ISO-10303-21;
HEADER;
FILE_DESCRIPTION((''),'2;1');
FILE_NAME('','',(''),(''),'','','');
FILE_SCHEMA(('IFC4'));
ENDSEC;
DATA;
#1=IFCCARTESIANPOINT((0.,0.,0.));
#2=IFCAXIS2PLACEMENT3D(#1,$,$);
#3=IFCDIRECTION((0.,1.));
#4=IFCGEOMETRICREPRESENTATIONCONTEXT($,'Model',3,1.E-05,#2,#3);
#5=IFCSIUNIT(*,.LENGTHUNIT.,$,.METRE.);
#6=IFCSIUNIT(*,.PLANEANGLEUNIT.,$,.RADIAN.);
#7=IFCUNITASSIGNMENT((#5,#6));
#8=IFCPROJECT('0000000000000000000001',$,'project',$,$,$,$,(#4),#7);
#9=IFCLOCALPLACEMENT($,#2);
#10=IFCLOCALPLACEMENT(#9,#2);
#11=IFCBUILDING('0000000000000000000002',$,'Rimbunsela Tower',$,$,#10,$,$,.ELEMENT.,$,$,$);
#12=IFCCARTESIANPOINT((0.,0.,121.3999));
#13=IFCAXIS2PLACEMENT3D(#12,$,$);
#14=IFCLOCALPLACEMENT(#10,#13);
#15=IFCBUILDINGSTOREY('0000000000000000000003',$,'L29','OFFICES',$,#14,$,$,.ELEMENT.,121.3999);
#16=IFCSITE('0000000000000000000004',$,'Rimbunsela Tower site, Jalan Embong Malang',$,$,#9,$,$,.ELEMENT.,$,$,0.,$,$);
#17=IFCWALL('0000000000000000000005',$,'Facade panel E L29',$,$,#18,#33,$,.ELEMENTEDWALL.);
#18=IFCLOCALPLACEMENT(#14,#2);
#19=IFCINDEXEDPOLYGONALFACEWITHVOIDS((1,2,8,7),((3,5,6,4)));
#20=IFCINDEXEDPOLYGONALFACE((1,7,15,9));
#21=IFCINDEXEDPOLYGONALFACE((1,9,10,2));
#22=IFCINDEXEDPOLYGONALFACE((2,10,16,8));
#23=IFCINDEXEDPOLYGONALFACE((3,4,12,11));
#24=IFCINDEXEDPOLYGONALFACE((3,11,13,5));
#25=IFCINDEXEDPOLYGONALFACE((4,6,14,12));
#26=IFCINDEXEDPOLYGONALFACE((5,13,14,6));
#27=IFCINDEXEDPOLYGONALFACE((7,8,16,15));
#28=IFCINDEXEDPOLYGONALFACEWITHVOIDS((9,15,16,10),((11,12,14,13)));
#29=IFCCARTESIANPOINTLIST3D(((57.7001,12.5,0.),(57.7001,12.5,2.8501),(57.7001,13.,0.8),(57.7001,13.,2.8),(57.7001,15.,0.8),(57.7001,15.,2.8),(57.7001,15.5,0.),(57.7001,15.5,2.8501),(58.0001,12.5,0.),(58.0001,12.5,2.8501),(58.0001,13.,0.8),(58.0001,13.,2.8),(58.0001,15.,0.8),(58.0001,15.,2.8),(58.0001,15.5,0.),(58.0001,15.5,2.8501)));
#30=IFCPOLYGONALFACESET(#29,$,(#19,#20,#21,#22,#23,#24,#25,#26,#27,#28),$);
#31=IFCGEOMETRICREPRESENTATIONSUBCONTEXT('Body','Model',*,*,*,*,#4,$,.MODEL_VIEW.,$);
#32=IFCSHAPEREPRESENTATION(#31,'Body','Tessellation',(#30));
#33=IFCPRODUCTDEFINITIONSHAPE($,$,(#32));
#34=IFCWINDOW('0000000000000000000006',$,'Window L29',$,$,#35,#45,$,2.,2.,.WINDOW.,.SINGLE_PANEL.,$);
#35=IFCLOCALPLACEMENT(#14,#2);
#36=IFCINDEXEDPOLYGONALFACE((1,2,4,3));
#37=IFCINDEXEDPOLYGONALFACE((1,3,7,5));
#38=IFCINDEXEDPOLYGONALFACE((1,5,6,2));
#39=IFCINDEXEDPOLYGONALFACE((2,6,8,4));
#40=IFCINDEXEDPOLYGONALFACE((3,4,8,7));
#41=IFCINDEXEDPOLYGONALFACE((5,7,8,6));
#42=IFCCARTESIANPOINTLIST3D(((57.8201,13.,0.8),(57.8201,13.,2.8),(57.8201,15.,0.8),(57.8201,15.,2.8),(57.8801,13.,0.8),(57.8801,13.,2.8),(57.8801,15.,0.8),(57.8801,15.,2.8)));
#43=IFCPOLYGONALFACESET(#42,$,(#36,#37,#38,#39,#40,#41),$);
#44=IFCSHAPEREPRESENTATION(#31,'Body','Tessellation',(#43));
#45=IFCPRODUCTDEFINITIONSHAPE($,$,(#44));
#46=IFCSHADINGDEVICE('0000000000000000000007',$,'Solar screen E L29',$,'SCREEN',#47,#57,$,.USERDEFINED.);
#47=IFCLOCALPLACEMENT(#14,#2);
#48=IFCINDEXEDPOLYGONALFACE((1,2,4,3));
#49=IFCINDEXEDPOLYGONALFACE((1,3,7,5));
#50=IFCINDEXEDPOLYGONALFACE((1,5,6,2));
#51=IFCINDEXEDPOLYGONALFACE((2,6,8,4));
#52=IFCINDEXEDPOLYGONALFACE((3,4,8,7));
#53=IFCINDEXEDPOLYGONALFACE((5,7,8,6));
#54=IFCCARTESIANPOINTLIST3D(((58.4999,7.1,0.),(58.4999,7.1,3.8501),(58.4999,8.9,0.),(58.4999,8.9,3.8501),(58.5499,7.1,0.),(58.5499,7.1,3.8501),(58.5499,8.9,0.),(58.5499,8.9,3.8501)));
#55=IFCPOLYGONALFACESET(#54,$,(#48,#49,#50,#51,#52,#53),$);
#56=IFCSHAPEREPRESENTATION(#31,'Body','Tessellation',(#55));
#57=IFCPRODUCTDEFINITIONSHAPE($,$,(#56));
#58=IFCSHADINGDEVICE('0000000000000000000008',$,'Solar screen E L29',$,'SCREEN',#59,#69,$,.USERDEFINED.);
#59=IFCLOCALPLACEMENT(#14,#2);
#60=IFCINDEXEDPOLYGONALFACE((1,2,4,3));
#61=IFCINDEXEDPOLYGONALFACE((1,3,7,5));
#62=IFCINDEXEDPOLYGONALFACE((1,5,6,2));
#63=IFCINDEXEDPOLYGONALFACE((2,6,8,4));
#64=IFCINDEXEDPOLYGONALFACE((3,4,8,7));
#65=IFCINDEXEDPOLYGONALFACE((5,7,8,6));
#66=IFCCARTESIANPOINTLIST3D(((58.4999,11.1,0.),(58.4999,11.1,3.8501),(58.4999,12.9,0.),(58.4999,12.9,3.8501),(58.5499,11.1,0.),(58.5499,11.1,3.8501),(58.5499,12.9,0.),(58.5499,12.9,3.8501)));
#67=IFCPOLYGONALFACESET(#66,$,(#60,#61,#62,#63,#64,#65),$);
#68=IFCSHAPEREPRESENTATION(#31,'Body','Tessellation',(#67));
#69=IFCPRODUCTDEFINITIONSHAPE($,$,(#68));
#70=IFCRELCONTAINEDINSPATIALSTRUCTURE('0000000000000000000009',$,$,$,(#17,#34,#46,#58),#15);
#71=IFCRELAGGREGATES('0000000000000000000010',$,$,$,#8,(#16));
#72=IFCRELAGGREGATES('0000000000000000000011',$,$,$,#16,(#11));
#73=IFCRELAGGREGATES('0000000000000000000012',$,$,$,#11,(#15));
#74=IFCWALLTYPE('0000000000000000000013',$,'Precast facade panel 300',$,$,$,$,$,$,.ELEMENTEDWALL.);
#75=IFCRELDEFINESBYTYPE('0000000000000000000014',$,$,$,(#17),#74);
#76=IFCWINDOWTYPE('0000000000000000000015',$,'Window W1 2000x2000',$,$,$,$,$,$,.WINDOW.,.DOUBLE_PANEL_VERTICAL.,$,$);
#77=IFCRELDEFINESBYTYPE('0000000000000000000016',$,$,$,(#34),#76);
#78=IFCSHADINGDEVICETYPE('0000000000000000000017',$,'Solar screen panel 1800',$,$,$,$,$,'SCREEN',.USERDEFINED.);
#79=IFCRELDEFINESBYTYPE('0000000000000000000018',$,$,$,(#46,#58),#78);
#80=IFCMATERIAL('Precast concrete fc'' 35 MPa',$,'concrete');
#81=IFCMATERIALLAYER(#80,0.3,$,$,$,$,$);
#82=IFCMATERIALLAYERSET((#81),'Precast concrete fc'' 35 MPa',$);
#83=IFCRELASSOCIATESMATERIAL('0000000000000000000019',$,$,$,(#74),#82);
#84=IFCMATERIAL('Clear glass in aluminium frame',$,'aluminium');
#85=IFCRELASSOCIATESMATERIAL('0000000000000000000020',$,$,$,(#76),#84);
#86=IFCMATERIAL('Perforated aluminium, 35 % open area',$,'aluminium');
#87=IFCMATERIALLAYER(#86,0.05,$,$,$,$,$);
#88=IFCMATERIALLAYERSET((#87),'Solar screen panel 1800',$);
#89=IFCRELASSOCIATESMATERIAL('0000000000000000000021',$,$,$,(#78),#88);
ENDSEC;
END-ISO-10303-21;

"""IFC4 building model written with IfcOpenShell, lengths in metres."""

from ifc_helpers import new_model, si_unit, direction, frame, frame_2d, origin, origin_2d, place, context, subcontext, project, spatial, rectangle, extrude, material, layer, layer_set, type_object, element, fill, save


model = new_model("IFC4")

# Units and contexts
model_context = context("Model", 3, precision=1e-05, world=origin(), true_north=direction((0.0, 1.0)))
body_context = subcontext(model_context, "Body", "Model", "MODEL_VIEW")
ifc_project = project(units=[si_unit("LENGTHUNIT", "METRE"), si_unit("PLANEANGLEUNIT", "RADIAN")], contexts=[model_context])

# Site, building, storey
site_placement = place(None, origin())
site = spatial("IfcSite", under=ifc_project, at=site_placement, Name="Rimbunsela Tower site, Jalan Embong Malang", CompositionType="ELEMENT", RefElevation=0.0)
building_placement = place(site_placement, origin())
building = spatial("IfcBuilding", under=site, at=building_placement, Name="Rimbunsela Tower", CompositionType="ELEMENT")
storey_placement = place(building_placement, frame((0.0, 0.0, 121.3999)))
storey = spatial("IfcBuildingStorey", under=building, at=storey_placement, Name="L29", Description="OFFICES", CompositionType="ELEMENT", Elevation=121.3999)

# Shared definitions
ifc_material_1 = material(Name="Precast concrete fc' 35 MPa", Category="concrete")
ifc_layer_1 = layer(ifc_material_1, 0.3)
ifc_layer_set_1 = layer_set([ifc_layer_1], Name="Precast concrete fc' 35 MPa")
wall_type = type_object("IfcWallType", Name="Precast facade panel 300", PredefinedType="ELEMENTEDWALL", material=ifc_layer_set_1)

# Wall, opening, window
ifc_material_2 = material(Name="Clear glass in aluminium frame", Category="aluminium")
window_type = type_object("IfcWindowType", Name="Window W1 2000x2000", PartitioningType="DOUBLE_PANEL_VERTICAL", PredefinedType="WINDOW", material=ifc_material_2)
wall_1_placement = place(storey_placement, frame((57.8501, 12.5, 0.0), z_axis=(0.0, 0.0, 1.0), x_axis=(0.0, 1.0, 0.0)))
wall_1 = element("IfcWall", 1, at=wall_1_placement, inside=storey, type_object=wall_type, Name="Facade panel E L29", PredefinedType="ELEMENTEDWALL", context=body_context, shape_type="SweptSolid", body=[
    extrude(rectangle(XDim=3.0, YDim=0.3, at=frame_2d((1.5, 0.0))), origin(), (0.0, 0.0, 1.0), 2.8501),
])
opening_1_placement = place(wall_1_placement, frame((0.5, 0.0, 0.8)))
opening_1 = element("IfcOpeningElement", 2, at=opening_1_placement, cuts=wall_1, PredefinedType="OPENING", context=body_context, shape_type="SweptSolid", body=[
    extrude(rectangle(XDim=2.0, YDim=2.0, at=frame_2d((1.0, 1.0))), frame((0.0, 0.1599, 0.0), z_axis=(0.0, -1.0, 0.0), x_axis=(1.0, 0.0, 0.0)), (0.0, 0.0, 1.0), 0.3201),
])
window_1_placement = place(opening_1_placement, origin())
window_1 = element("IfcWindow", 3, at=window_1_placement, inside=storey, type_object=window_type, Name="Window L29", OverallHeight=2.0, OverallWidth=2.0, PartitioningType="SINGLE_PANEL", PredefinedType="WINDOW", context=body_context, shape_type="SweptSolid", body=[
    extrude(rectangle(XDim=2.0, YDim=2.0, at=frame_2d((1.0, 1.0))), frame((0.0, 0.03, 0.0), z_axis=(0.0, -1.0, 0.0), x_axis=(1.0, 0.0, 0.0)), (0.0, 0.0, 1.0), 0.0601),
])
fill(opening_1, window_1)

# Shading devices
ifc_material_3 = material(Name="Perforated aluminium, 35 % open area", Category="aluminium")
ifc_layer_2 = layer(ifc_material_3, 0.05)
ifc_layer_set_2 = layer_set([ifc_layer_2], Name="Solar screen panel 1800")
shading_device_type = type_object("IfcShadingDeviceType", Name="Solar screen panel 1800", ElementType="SCREEN", PredefinedType="USERDEFINED", material=ifc_layer_set_2)
for number, where, z_axis, x_axis, name in (
    (4, (58.5249, 8.0, 0.0), (0.0, 0.0, 1.0), (0.0, 1.0, 0.0), "Solar screen E L29"),
    (5, (58.5249, 12.0, 0.0), (0.0, 0.0, 1.0), (0.0, 1.0, 0.0), "Solar screen E L29"),
):
    element("IfcShadingDevice", number, at=place(storey_placement, frame(where, z_axis=z_axis, x_axis=x_axis)), inside=storey, type_object=shading_device_type, Name=name, ObjectType="SCREEN", PredefinedType="USERDEFINED", context=body_context, shape_type="SweptSolid", body=[
        extrude(rectangle(XDim=1.8, YDim=0.05, at=origin_2d()), origin(), (0.0, 0.0, 1.0), 3.8501),
    ])

save(model, "model.ifc")
